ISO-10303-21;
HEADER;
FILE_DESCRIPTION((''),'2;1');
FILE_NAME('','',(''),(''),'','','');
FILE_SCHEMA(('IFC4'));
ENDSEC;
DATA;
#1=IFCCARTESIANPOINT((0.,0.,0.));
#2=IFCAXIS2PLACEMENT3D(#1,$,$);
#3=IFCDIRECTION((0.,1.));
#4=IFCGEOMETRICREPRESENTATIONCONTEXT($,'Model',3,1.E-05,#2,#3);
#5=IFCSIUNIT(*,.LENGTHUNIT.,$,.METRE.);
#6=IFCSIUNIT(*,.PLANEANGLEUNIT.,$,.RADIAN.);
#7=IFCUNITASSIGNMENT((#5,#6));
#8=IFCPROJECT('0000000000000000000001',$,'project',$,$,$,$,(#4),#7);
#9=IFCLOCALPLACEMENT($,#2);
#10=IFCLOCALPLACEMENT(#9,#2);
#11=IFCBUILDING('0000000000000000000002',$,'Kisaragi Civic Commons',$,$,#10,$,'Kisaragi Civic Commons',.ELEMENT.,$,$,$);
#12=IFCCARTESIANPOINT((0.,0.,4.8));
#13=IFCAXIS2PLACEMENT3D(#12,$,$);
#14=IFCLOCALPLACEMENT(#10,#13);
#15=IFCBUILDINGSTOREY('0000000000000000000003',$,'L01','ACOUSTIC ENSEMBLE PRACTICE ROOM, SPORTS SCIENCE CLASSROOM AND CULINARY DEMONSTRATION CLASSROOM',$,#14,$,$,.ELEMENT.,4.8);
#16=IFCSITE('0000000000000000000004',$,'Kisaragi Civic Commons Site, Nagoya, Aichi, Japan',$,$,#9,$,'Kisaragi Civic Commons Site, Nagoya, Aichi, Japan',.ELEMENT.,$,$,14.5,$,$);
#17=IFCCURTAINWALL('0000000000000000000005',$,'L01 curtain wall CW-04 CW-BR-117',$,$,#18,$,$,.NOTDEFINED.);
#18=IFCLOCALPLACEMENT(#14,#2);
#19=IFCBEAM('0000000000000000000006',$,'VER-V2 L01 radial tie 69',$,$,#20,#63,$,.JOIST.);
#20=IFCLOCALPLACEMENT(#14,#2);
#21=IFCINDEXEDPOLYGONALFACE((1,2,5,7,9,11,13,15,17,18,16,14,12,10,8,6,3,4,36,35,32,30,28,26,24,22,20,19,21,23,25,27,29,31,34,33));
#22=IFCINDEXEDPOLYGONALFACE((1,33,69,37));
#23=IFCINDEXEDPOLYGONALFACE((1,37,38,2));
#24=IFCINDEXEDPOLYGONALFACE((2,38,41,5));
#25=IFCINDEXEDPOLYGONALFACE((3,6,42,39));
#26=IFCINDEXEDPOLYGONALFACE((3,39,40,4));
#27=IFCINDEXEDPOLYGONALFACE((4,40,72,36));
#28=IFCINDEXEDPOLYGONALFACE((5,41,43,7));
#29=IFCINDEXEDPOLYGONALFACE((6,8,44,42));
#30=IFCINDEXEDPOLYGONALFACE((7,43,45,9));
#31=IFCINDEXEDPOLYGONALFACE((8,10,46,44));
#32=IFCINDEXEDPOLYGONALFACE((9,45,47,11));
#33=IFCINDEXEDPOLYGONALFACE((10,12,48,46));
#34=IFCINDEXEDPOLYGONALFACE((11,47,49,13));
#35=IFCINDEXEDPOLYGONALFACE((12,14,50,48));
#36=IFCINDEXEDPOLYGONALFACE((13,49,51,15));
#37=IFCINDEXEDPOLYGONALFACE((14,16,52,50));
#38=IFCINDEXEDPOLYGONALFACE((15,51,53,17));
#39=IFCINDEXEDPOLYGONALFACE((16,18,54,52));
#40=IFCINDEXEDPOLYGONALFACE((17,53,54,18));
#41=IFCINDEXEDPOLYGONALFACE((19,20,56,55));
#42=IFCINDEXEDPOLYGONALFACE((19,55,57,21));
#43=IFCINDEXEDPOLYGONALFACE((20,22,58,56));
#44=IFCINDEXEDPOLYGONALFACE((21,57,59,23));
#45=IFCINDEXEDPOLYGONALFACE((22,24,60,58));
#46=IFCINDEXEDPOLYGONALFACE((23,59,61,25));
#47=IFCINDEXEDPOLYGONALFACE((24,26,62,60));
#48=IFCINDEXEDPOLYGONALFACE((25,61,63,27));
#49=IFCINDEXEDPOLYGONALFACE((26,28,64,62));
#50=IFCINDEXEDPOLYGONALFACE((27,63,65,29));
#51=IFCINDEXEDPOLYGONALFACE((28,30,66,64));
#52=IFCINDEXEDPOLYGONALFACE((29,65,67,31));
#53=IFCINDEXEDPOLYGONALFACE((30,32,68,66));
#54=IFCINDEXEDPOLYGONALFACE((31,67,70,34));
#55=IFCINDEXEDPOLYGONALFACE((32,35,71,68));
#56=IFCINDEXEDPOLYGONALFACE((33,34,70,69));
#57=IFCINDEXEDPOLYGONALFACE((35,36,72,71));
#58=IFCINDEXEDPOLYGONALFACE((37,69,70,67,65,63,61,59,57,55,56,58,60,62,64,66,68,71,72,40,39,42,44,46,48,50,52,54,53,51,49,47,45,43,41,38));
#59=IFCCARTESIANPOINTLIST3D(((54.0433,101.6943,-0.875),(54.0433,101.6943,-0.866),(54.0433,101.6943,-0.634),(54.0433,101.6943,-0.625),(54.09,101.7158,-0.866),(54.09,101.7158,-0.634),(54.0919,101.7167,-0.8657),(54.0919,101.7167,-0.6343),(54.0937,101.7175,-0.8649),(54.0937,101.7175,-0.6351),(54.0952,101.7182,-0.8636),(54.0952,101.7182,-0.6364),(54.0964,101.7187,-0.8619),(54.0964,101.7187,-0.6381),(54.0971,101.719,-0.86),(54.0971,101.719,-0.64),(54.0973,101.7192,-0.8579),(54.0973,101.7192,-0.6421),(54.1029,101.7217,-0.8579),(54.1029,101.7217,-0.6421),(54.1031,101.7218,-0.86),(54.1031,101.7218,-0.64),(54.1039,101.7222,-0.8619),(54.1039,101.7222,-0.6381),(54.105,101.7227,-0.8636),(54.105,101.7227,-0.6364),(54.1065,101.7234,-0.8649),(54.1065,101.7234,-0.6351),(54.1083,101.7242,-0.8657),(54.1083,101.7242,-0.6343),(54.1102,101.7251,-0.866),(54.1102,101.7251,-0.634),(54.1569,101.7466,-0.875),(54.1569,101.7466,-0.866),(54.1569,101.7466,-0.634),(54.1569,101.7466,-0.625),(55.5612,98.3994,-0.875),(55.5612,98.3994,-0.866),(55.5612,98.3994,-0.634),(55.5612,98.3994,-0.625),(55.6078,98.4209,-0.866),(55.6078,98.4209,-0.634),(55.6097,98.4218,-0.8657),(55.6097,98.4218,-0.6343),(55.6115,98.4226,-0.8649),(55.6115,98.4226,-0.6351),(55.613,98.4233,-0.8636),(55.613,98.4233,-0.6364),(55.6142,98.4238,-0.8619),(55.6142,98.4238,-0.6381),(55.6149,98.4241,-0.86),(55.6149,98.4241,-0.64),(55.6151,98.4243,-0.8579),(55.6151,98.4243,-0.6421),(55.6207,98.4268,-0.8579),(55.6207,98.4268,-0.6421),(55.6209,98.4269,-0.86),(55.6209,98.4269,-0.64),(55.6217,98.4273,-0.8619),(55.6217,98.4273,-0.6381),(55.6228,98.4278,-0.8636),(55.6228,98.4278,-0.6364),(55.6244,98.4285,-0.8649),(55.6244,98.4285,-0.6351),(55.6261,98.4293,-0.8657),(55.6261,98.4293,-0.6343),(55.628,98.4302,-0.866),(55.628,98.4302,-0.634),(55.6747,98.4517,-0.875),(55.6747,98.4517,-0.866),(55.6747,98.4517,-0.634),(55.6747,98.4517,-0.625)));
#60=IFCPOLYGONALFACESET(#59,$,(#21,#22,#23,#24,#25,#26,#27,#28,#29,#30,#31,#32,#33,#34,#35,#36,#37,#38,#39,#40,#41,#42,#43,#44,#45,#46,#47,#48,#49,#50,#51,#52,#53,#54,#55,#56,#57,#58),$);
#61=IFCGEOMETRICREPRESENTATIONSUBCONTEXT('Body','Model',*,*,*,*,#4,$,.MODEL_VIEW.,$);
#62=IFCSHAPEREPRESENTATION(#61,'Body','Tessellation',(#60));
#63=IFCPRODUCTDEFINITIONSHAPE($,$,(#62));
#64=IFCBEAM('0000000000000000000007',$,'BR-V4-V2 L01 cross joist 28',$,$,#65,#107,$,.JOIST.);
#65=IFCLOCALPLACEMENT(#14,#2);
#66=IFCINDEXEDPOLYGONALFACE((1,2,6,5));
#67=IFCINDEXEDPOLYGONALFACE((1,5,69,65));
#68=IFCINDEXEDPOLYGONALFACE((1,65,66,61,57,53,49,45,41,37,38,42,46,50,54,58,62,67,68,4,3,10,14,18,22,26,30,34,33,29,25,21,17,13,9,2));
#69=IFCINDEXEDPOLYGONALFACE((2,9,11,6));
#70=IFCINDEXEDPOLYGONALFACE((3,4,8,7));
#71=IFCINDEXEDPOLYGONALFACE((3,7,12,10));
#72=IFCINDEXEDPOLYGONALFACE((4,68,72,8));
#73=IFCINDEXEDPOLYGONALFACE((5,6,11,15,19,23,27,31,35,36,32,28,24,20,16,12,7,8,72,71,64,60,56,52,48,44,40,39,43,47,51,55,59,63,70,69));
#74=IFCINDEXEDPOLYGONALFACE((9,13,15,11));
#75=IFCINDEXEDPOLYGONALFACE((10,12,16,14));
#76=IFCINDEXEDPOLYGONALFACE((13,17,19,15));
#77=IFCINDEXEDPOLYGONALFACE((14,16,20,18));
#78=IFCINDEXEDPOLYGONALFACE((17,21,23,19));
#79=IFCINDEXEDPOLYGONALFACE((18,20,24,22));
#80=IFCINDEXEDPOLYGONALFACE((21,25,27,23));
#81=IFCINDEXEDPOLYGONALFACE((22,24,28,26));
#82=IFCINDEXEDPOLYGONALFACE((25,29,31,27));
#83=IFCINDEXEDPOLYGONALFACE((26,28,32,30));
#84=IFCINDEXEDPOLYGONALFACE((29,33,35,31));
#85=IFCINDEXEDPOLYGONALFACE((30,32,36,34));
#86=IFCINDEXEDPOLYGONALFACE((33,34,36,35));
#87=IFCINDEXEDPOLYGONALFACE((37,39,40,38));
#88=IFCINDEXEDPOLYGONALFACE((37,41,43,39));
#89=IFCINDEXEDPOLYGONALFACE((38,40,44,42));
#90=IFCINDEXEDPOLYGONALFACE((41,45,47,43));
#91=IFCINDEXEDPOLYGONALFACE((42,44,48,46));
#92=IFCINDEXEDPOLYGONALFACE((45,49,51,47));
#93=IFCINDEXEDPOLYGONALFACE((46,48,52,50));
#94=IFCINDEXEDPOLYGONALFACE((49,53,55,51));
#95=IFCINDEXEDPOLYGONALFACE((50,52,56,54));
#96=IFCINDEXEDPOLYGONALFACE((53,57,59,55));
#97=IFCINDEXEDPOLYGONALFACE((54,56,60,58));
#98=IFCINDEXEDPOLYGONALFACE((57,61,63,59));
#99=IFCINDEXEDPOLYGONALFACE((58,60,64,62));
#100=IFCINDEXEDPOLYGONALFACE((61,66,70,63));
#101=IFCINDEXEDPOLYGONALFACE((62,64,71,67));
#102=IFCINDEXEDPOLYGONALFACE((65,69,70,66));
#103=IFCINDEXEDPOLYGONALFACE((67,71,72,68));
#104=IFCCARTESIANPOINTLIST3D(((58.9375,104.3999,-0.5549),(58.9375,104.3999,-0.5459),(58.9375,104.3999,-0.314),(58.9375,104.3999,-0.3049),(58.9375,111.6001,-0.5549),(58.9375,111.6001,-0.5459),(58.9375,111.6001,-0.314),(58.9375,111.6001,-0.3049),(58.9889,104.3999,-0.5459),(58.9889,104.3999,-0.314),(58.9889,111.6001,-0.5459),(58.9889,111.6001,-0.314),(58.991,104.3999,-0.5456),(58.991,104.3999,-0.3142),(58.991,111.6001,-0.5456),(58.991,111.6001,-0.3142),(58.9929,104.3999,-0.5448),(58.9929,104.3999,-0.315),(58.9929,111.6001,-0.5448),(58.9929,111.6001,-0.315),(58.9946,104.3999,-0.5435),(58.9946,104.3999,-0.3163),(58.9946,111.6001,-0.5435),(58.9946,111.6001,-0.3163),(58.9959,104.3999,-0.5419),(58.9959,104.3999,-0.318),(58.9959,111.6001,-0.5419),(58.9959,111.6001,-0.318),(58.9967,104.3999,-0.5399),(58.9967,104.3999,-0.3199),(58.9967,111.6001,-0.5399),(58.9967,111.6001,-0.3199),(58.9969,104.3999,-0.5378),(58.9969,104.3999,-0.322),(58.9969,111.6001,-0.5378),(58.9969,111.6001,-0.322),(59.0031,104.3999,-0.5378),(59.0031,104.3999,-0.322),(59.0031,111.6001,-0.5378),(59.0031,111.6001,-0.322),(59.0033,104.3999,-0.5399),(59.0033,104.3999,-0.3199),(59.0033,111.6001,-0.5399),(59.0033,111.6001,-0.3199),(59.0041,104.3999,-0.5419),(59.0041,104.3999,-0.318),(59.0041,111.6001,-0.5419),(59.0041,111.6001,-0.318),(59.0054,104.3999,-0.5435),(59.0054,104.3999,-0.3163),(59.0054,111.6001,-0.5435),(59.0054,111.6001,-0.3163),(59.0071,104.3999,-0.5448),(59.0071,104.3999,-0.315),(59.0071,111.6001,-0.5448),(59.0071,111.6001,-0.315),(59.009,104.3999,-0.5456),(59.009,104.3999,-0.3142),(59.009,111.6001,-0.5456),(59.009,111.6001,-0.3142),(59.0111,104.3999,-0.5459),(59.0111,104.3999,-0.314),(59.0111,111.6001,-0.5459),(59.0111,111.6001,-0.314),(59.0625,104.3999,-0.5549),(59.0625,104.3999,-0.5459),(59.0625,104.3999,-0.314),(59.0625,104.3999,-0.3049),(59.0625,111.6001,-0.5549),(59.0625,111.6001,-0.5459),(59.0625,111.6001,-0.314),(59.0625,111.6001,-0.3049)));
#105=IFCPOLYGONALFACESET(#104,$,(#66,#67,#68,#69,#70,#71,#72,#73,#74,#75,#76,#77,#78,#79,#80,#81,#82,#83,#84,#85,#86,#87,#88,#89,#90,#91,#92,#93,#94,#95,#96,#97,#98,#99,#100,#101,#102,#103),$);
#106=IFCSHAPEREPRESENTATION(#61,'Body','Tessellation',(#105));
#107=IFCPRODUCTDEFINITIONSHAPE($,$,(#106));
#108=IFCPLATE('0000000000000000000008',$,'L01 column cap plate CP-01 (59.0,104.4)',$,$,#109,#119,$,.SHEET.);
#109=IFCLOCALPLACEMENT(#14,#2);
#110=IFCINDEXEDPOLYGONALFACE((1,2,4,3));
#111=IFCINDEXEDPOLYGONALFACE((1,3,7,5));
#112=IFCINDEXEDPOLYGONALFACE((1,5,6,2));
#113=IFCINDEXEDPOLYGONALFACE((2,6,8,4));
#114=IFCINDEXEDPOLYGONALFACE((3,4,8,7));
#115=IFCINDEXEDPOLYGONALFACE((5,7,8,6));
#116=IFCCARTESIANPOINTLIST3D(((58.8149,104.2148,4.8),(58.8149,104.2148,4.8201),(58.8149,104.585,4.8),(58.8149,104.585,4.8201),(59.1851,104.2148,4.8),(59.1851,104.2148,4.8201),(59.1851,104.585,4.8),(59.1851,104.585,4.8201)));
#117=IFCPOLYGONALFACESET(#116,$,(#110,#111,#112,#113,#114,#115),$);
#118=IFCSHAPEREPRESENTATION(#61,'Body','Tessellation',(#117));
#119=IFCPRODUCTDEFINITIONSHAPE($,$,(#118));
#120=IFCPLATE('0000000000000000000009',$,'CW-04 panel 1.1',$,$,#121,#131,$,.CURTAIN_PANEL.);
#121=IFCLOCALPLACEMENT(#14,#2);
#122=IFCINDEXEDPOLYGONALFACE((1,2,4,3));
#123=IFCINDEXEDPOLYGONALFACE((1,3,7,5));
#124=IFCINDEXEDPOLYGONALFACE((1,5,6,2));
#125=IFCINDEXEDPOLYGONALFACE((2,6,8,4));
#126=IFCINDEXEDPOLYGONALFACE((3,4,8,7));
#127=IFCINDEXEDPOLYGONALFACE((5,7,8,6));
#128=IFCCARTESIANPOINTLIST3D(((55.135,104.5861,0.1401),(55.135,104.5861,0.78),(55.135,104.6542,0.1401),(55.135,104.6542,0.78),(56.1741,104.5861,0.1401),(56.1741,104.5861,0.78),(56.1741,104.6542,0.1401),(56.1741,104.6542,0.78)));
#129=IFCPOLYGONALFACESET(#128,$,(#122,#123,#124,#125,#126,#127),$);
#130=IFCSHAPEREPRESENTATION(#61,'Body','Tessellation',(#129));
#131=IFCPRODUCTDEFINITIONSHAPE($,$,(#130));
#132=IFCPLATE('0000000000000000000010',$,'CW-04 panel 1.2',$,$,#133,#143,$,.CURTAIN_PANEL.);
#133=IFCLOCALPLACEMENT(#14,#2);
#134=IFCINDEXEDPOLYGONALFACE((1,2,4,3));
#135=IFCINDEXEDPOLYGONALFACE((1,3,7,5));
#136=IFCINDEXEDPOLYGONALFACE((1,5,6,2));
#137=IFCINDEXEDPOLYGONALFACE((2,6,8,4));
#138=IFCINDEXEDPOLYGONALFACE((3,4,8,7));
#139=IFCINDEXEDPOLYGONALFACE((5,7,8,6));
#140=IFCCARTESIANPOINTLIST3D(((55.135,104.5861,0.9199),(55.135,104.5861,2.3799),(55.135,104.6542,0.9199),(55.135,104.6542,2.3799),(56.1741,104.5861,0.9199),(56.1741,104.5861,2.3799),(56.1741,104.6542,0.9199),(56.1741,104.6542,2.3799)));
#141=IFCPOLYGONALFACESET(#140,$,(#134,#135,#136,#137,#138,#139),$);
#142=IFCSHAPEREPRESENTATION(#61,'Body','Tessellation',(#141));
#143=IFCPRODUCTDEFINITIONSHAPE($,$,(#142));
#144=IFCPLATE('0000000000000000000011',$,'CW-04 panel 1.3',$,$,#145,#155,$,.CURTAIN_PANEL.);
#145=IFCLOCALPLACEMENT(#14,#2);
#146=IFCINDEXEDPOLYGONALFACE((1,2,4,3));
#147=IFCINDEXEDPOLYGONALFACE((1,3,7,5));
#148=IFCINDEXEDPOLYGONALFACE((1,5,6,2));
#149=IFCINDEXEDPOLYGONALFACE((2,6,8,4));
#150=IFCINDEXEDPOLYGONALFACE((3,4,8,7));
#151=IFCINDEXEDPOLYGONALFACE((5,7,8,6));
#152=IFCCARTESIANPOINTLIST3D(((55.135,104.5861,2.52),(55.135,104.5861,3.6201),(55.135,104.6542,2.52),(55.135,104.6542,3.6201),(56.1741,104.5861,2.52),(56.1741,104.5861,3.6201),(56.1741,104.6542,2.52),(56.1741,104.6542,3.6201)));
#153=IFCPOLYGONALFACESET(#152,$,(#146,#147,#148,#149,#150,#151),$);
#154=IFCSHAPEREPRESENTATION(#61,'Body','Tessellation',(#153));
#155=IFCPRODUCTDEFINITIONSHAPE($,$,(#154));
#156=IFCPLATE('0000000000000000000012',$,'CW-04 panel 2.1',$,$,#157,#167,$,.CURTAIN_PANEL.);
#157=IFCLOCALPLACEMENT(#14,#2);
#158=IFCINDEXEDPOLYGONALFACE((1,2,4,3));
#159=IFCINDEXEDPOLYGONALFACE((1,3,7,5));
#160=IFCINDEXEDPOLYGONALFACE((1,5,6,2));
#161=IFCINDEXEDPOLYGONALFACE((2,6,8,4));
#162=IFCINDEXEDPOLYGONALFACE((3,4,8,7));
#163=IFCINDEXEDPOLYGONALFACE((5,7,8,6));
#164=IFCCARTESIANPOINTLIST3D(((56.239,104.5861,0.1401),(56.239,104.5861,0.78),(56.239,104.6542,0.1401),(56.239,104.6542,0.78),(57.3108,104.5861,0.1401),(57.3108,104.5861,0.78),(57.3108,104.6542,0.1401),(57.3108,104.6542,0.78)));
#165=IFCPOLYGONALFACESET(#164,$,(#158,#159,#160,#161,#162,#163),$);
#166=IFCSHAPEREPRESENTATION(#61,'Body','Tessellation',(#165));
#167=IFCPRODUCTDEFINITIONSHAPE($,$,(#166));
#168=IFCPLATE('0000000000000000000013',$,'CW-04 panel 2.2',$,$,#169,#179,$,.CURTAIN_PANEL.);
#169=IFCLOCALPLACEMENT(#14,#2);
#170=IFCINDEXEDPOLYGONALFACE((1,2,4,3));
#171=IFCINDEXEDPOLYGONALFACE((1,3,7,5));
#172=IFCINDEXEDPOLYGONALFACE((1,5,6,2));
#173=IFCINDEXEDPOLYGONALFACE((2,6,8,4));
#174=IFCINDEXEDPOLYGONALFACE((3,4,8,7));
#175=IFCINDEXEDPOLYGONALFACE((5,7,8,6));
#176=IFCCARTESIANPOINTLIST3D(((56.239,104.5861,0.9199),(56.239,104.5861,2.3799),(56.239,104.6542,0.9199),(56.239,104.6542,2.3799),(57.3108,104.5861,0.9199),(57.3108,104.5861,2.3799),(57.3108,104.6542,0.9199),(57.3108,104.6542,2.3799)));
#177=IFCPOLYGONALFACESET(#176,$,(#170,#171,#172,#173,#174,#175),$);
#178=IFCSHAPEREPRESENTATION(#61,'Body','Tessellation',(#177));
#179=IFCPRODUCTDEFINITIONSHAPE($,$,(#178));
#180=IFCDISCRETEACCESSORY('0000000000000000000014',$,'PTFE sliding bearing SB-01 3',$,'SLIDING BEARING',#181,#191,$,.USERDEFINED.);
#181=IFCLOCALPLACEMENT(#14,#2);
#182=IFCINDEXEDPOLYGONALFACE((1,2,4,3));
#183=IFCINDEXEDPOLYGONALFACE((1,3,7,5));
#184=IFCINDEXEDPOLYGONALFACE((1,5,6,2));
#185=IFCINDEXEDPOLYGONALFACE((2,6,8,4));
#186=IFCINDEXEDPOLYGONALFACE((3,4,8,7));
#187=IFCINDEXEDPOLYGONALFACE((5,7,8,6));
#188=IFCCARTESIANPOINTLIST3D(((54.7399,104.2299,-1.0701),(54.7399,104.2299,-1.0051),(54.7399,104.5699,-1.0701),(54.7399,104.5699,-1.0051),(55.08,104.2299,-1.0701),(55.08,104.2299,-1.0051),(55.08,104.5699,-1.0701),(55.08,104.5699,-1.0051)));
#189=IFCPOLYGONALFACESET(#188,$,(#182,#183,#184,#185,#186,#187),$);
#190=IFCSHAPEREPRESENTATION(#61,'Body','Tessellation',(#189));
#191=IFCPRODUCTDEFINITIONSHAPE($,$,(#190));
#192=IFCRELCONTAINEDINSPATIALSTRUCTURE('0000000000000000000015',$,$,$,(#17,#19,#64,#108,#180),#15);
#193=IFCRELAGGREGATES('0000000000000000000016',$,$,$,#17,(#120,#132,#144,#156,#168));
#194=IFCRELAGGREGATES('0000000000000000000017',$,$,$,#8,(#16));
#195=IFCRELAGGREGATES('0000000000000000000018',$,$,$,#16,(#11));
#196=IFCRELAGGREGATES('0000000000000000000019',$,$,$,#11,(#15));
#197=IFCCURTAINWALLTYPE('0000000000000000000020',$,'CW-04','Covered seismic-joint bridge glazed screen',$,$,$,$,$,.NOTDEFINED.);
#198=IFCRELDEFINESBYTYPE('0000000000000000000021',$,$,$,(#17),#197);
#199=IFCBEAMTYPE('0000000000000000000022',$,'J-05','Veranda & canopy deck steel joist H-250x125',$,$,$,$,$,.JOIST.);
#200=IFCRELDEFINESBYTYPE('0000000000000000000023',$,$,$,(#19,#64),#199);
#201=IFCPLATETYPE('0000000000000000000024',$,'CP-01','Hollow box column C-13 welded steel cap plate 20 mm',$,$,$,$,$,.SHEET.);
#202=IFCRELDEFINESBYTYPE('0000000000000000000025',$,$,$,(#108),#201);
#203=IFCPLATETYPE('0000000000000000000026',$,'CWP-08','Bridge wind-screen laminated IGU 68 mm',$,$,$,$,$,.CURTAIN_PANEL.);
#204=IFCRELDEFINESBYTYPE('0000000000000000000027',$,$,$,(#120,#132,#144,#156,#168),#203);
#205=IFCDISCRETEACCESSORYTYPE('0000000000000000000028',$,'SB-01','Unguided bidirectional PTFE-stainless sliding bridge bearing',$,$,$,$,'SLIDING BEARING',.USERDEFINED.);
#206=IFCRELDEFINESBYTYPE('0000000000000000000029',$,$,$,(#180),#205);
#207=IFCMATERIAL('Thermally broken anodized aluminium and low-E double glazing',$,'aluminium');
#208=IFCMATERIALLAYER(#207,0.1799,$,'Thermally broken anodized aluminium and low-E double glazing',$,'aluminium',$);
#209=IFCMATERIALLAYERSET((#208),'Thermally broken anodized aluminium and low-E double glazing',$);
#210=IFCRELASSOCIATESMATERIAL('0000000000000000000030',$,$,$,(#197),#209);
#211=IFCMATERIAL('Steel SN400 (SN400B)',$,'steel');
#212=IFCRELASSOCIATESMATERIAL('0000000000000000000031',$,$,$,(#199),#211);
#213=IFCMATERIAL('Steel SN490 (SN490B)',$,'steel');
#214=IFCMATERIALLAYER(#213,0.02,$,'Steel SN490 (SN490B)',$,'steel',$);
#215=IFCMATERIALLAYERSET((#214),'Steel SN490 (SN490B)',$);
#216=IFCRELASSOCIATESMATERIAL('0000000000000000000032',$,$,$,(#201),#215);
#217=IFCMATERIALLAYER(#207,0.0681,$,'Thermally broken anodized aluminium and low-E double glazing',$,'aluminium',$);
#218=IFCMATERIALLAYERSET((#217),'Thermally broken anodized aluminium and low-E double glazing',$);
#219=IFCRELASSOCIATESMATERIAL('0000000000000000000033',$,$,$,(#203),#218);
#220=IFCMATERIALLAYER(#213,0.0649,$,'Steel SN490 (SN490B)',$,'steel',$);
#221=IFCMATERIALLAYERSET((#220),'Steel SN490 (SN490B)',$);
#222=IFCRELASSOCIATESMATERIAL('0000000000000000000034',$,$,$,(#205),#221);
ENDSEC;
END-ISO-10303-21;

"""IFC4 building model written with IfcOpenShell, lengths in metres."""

from ifc_helpers import new_model, si_unit, direction, frame, origin, origin_2d, place, context, subcontext, project, spatial, rectangle, i_section, extrude, material, layer, layer_set, material_profile, profile_set, type_object, element, aggregate, save


model = new_model("IFC4")

# Units and contexts
model_context = context("Model", 3, precision=1e-05, world=origin(), true_north=direction((0.0, 1.0)))
body_context = subcontext(model_context, "Body", "Model", "MODEL_VIEW")
ifc_project = project(units=[si_unit("LENGTHUNIT", "METRE"), si_unit("PLANEANGLEUNIT", "RADIAN")], contexts=[model_context])

# Site, building, storey
site_placement = place(None, origin())
site = spatial("IfcSite", under=ifc_project, at=site_placement, Name="Kisaragi Civic Commons Site, Nagoya, Aichi, Japan", LongName="Kisaragi Civic Commons Site, Nagoya, Aichi, Japan", CompositionType="ELEMENT", RefElevation=14.5)
building_placement = place(site_placement, origin())
building = spatial("IfcBuilding", under=site, at=building_placement, Name="Kisaragi Civic Commons", LongName="Kisaragi Civic Commons", CompositionType="ELEMENT")
storey_placement = place(building_placement, frame((0.0, 0.0, 4.8)))
storey = spatial("IfcBuildingStorey", under=building, at=storey_placement, Name="L01", Description="ACOUSTIC ENSEMBLE PRACTICE ROOM, SPORTS SCIENCE CLASSROOM AND CULINARY DEMONSTRATION CLASSROOM", CompositionType="ELEMENT", Elevation=4.8)

# Curtain wall
ifc_material_1 = material(Name="Thermally broken anodized aluminium and low-E double glazing", Category="aluminium")
ifc_layer_1 = layer(ifc_material_1, 0.1799, Name="Thermally broken anodized aluminium and low-E double glazing", Category="aluminium")
ifc_layer_set_1 = layer_set([ifc_layer_1], Name="Thermally broken anodized aluminium and low-E double glazing")
curtain_wall_type = type_object("IfcCurtainWallType", Name="CW-04", Description="Covered seismic-joint bridge glazed screen", PredefinedType="NOTDEFINED", material=ifc_layer_set_1)
curtain_wall_placement = place(storey_placement, origin())
curtain_wall = element("IfcCurtainWall", 1, at=curtain_wall_placement, inside=storey, type_object=curtain_wall_type, Name="L01 curtain wall CW-04 CW-BR-117", PredefinedType="NOTDEFINED")

# Beams
ifc_material_2 = material(Name="Steel SN490 (SN490B)", Category="steel")
ifc_material_3 = material(Name="Steel SN400 (SN400B)", Category="steel")
ifc_material_profile_1 = material_profile(ifc_material_3, i_section(OverallWidth=0.125, OverallDepth=0.25, WebThickness=0.0061, FlangeThickness=0.009, FilletRadius=0.0081, at=origin_2d()), Name="H-250x125x6x9", Category="steel")
ifc_profile_set_1 = profile_set([ifc_material_profile_1], Name="Steel SN400 (SN400B)")
beam_type_1 = type_object("IfcBeamType", Name="J-05", Description="Veranda & canopy deck steel joist H-250x125", PredefinedType="JOIST", material=ifc_profile_set_1)
beam_1_placement = place(storey_placement, frame((55.6179, 98.4255, -0.75), z_axis=(-0.418397, 0.908264, 0.0), x_axis=(-0.908264, -0.418397, 0.0)))
element("IfcBeam", 2, at=beam_1_placement, inside=storey, type_object=beam_type_1, Name="VER-V2 L01 radial tie 69", PredefinedType="JOIST", context=body_context, shape_type="SweptSolid", body=[
    extrude(i_section(OverallWidth=0.125, OverallDepth=0.25, WebThickness=0.0061, FlangeThickness=0.009, FilletRadius=0.0081, at=origin_2d()), origin(), (0.0, 0.0, 1.0), 3.6277),
])
beam_2_placement = place(storey_placement, frame((59.0, 104.3999, -0.4299), z_axis=(0.0, 1.0, 0.0), x_axis=(-1.0, 0.0, 0.0)))
element("IfcBeam", 3, at=beam_2_placement, inside=storey, type_object=beam_type_1, Name="BR-V4-V2 L01 cross joist 28", PredefinedType="JOIST", context=body_context, shape_type="SweptSolid", body=[
    extrude(i_section(OverallWidth=0.125, OverallDepth=0.25, WebThickness=0.0061, FlangeThickness=0.009, FilletRadius=0.0081, at=origin_2d()), origin(), (0.0, 0.0, 1.0), 7.2002),
])

# Plates
ifc_layer_2 = layer(ifc_material_2, 0.02, Name="Steel SN490 (SN490B)", Category="steel")
ifc_layer_set_2 = layer_set([ifc_layer_2], Name="Steel SN490 (SN490B)")
plate_type_1 = type_object("IfcPlateType", Name="CP-01", Description="Hollow box column C-13 welded steel cap plate 20 mm", PredefinedType="SHEET", material=ifc_layer_set_2)
plate_1_placement = place(storey_placement, frame((59.0, 104.3999, 4.8), z_axis=(0.0, 0.0, 1.0), x_axis=(1.0, 0.0, 0.0)))
element("IfcPlate", 4, at=plate_1_placement, inside=storey, type_object=plate_type_1, Name="L01 column cap plate CP-01 (59.0,104.4)", PredefinedType="SHEET", context=body_context, shape_type="SweptSolid", body=[
    extrude(rectangle(XDim=0.3701, YDim=0.3701, at=origin_2d()), origin(), (0.0, 0.0, 1.0), 0.02),
])
ifc_layer_3 = layer(ifc_material_1, 0.0681, Name="Thermally broken anodized aluminium and low-E double glazing", Category="aluminium")
ifc_layer_set_3 = layer_set([ifc_layer_3], Name="Thermally broken anodized aluminium and low-E double glazing")
plate_type_2 = type_object("IfcPlateType", Name="CWP-08", Description="Bridge wind-screen laminated IGU 68 mm", PredefinedType="CURTAIN_PANEL", material=ifc_layer_set_3)
plate_2_placement = place(storey_placement, frame((55.6545, 104.6201, 0.1401), z_axis=(0.0, 0.0, 1.0), x_axis=(1.0, 0.0, 0.0)))
plate_2 = element("IfcPlate", 5, at=plate_2_placement, type_object=plate_type_2, Name="CW-04 panel 1.1", PredefinedType="CURTAIN_PANEL", context=body_context, shape_type="SweptSolid", body=[
    extrude(rectangle(XDim=1.0391, YDim=0.0681, at=origin_2d()), origin(), (0.0, 0.0, 1.0), 0.6399),
])
plate_3_placement = place(storey_placement, frame((55.6545, 104.6201, 0.9199), z_axis=(0.0, 0.0, 1.0), x_axis=(1.0, 0.0, 0.0)))
plate_3 = element("IfcPlate", 6, at=plate_3_placement, type_object=plate_type_2, Name="CW-04 panel 1.2", PredefinedType="CURTAIN_PANEL", context=body_context, shape_type="SweptSolid", body=[
    extrude(rectangle(XDim=1.0391, YDim=0.0681, at=origin_2d()), origin(), (0.0, 0.0, 1.0), 1.46),
])
plate_4_placement = place(storey_placement, frame((55.6545, 104.6201, 2.52), z_axis=(0.0, 0.0, 1.0), x_axis=(1.0, 0.0, 0.0)))
plate_4 = element("IfcPlate", 7, at=plate_4_placement, type_object=plate_type_2, Name="CW-04 panel 1.3", PredefinedType="CURTAIN_PANEL", context=body_context, shape_type="SweptSolid", body=[
    extrude(rectangle(XDim=1.0391, YDim=0.0681, at=origin_2d()), origin(), (0.0, 0.0, 1.0), 1.1001),
])
plate_5_placement = place(storey_placement, frame((56.7749, 104.6201, 0.1401), z_axis=(0.0, 0.0, 1.0), x_axis=(1.0, 0.0, 0.0)))
plate_5 = element("IfcPlate", 8, at=plate_5_placement, type_object=plate_type_2, Name="CW-04 panel 2.1", PredefinedType="CURTAIN_PANEL", context=body_context, shape_type="SweptSolid", body=[
    extrude(rectangle(XDim=1.0718, YDim=0.0681, at=origin_2d()), origin(), (0.0, 0.0, 1.0), 0.6399),
])
plate_6_placement = place(storey_placement, frame((56.7749, 104.6201, 0.9199), z_axis=(0.0, 0.0, 1.0), x_axis=(1.0, 0.0, 0.0)))
plate_6 = element("IfcPlate", 9, at=plate_6_placement, type_object=plate_type_2, Name="CW-04 panel 2.2", PredefinedType="CURTAIN_PANEL", context=body_context, shape_type="SweptSolid", body=[
    extrude(rectangle(XDim=1.0718, YDim=0.0681, at=origin_2d()), origin(), (0.0, 0.0, 1.0), 1.46),
])
aggregate(curtain_wall, [plate_2, plate_3, plate_4, plate_5, plate_6])

# Discrete accessory
ifc_layer_4 = layer(ifc_material_2, 0.0649, Name="Steel SN490 (SN490B)", Category="steel")
ifc_layer_set_4 = layer_set([ifc_layer_4], Name="Steel SN490 (SN490B)")
discrete_accessory_type = type_object("IfcDiscreteAccessoryType", Name="SB-01", Description="Unguided bidirectional PTFE-stainless sliding bridge bearing", ElementType="SLIDING BEARING", PredefinedType="USERDEFINED", material=ifc_layer_set_4)
discrete_accessory_placement = place(storey_placement, frame((54.9099, 104.3999, -1.0701), z_axis=(0.0, 0.0, 1.0), x_axis=(1.0, 0.0, 0.0)))
element("IfcDiscreteAccessory", 10, at=discrete_accessory_placement, inside=storey, type_object=discrete_accessory_type, Name="PTFE sliding bearing SB-01 3", ObjectType="SLIDING BEARING", PredefinedType="USERDEFINED", context=body_context, shape_type="SweptSolid", body=[
    extrude(rectangle(XDim=0.3401, YDim=0.3401, at=origin_2d()), origin(), (0.0, 0.0, 1.0), 0.0649),
])

save(model, "model.ifc")
